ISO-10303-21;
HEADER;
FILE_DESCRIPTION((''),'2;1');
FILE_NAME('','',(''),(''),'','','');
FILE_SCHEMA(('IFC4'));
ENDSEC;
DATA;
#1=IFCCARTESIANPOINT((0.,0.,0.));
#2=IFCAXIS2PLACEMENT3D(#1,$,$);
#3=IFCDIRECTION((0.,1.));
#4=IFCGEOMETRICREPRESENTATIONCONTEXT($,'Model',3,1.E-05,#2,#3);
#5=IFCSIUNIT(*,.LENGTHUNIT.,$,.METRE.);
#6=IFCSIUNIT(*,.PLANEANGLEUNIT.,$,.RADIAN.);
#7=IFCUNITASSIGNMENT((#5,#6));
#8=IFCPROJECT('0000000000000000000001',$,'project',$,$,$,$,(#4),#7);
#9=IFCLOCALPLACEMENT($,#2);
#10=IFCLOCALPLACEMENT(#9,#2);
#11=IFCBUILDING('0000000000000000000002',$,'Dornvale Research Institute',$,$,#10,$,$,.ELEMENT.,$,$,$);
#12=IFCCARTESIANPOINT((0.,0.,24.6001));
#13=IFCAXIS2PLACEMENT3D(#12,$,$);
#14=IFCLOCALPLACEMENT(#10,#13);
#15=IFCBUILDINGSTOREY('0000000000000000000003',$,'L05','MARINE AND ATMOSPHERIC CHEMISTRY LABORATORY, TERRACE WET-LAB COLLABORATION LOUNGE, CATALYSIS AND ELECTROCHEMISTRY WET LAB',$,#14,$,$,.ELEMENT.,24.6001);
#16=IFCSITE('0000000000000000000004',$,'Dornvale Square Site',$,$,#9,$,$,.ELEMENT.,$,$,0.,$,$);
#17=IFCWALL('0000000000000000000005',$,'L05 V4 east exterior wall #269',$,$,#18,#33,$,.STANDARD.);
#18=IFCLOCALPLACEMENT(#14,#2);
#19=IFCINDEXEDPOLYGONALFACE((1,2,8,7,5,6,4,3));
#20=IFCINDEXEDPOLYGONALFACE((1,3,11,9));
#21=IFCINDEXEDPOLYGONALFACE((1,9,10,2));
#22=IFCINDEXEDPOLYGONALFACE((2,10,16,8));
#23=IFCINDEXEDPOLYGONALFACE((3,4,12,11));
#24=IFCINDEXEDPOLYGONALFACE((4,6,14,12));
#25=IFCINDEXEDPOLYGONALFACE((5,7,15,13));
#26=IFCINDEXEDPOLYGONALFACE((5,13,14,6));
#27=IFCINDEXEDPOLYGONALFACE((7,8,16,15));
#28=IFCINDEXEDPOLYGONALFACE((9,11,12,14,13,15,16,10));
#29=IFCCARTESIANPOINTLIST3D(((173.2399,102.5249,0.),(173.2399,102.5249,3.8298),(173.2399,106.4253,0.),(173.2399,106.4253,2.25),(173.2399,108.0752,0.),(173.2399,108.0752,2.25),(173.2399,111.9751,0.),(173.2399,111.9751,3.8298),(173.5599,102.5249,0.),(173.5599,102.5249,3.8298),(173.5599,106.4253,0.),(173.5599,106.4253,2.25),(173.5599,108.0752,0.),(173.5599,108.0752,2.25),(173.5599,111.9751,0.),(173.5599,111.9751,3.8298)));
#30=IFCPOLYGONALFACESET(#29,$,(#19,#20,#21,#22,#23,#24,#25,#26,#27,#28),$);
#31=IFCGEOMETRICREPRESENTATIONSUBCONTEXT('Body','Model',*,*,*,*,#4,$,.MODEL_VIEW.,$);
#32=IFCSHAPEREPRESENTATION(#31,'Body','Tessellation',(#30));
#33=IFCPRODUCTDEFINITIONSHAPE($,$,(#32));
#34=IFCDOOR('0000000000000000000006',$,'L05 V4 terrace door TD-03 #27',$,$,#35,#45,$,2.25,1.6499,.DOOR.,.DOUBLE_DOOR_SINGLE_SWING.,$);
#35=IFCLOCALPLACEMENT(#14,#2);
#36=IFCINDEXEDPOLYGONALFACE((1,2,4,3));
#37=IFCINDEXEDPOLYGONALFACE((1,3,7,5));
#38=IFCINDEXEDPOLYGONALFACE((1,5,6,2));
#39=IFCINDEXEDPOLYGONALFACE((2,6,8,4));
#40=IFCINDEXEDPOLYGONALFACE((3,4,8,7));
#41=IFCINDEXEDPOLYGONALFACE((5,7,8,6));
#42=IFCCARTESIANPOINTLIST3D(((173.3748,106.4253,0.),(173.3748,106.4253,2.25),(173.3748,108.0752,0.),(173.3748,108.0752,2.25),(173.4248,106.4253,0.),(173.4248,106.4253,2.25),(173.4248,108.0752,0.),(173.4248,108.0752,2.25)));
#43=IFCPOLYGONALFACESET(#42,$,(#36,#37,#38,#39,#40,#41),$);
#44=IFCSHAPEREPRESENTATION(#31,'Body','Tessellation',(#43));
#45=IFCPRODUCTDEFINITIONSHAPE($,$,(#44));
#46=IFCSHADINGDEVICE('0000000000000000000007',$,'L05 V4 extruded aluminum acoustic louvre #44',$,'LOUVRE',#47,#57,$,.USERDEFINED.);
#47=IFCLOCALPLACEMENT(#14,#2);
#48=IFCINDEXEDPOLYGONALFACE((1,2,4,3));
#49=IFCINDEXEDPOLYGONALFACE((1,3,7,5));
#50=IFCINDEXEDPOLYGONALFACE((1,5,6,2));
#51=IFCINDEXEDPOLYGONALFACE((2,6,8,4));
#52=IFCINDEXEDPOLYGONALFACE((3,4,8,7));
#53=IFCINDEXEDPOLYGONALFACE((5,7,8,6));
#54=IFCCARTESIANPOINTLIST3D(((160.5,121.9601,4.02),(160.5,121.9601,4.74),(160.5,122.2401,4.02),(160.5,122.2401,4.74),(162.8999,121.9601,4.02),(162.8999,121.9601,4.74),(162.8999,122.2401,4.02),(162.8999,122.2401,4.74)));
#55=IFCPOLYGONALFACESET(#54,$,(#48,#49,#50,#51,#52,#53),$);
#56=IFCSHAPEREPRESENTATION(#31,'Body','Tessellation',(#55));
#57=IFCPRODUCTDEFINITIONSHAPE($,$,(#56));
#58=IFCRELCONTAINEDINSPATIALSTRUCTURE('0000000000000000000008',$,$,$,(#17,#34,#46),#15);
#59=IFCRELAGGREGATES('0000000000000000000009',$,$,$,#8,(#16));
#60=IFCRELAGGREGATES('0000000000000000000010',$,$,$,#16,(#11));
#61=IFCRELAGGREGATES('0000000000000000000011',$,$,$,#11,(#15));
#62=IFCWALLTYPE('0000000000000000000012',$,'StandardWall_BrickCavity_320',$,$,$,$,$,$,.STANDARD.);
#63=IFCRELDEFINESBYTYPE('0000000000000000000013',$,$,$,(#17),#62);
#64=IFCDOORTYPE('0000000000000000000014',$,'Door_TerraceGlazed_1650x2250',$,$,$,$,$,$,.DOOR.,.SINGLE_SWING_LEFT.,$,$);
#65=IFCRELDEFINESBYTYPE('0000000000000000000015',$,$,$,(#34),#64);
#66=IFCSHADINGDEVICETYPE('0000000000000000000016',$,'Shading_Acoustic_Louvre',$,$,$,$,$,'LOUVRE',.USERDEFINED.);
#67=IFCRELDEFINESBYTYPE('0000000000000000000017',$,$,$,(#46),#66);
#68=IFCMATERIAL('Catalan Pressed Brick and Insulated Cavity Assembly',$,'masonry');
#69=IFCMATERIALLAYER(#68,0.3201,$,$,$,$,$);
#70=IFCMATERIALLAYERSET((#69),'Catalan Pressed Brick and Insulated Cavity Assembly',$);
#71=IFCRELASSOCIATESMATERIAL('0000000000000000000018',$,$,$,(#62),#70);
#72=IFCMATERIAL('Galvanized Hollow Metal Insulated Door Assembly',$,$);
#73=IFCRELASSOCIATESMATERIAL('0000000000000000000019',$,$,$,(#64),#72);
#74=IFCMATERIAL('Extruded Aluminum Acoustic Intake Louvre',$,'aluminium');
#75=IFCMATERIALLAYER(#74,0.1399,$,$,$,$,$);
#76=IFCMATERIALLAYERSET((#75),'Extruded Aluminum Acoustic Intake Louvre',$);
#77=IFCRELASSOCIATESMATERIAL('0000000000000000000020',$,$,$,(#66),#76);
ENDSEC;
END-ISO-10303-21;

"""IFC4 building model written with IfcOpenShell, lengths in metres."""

from ifc_helpers import new_model, si_unit, direction, frame, frame_2d, origin, origin_2d, place, context, subcontext, project, spatial, rectangle, extrude, material, layer, layer_set, type_object, element, fill, save


model = new_model("IFC4")

# Units and contexts
model_context = context("Model", 3, precision=1e-05, world=origin(), true_north=direction((0.0, 1.0)))
body_context = subcontext(model_context, "Body", "Model", "MODEL_VIEW")
ifc_project = project(units=[si_unit("LENGTHUNIT", "METRE"), si_unit("PLANEANGLEUNIT", "RADIAN")], contexts=[model_context])

# Site, building, storey
site_placement = place(None, origin())
site = spatial("IfcSite", under=ifc_project, at=site_placement, Name="Dornvale Square Site", CompositionType="ELEMENT", RefElevation=0.0)
building_placement = place(site_placement, origin())
building = spatial("IfcBuilding", under=site, at=building_placement, Name="Dornvale Research Institute", CompositionType="ELEMENT")
storey_placement = place(building_placement, frame((0.0, 0.0, 24.6001)))
storey = spatial("IfcBuildingStorey", under=building, at=storey_placement, Name="L05", Description="MARINE AND ATMOSPHERIC CHEMISTRY LABORATORY, TERRACE WET-LAB COLLABORATION LOUNGE, CATALYSIS AND ELECTROCHEMISTRY WET LAB", CompositionType="ELEMENT", Elevation=24.6001)

# Shared definitions
ifc_material_1 = material(Name="Catalan Pressed Brick and Insulated Cavity Assembly", Category="masonry")
ifc_layer_1 = layer(ifc_material_1, 0.3201)
ifc_layer_set_1 = layer_set([ifc_layer_1], Name="Catalan Pressed Brick and Insulated Cavity Assembly")
wall_type = type_object("IfcWallType", Name="StandardWall_BrickCavity_320", PredefinedType="STANDARD", material=ifc_layer_set_1)

# Wall, opening, door
wall_1_placement = place(storey_placement, frame((173.3999, 111.9751, 0.0), z_axis=(0.0, 0.0, 1.0), x_axis=(0.0, -1.0, 0.0)))
wall_1 = element("IfcWall", 1, at=wall_1_placement, inside=storey, type_object=wall_type, Name="L05 V4 east exterior wall #269", PredefinedType="STANDARD", context=body_context, shape_type="SweptSolid", body=[
    extrude(rectangle(XDim=9.4502, YDim=0.3201, at=frame_2d((4.7251, 0.0))), origin(), (0.0, 0.0, 1.0), 3.8298),
])
opening_1_placement = place(wall_1_placement, frame((3.8999, 0.0, 0.0)))
opening_1 = element("IfcOpeningElement", 2, at=opening_1_placement, cuts=wall_1, PredefinedType="OPENING", context=body_context, shape_type="SweptSolid", body=[
    extrude(rectangle(XDim=1.6499, YDim=2.25, at=frame_2d((0.825, 1.125))), frame((0.0, 0.175, 0.0), z_axis=(0.0, -1.0, 0.0), x_axis=(1.0, 0.0, 0.0)), (0.0, 0.0, 1.0), 0.3501),
])
ifc_material_2 = material(Name="Galvanized Hollow Metal Insulated Door Assembly")
door_type = type_object("IfcDoorType", Name="Door_TerraceGlazed_1650x2250", OperationType="SINGLE_SWING_LEFT", PredefinedType="DOOR", material=ifc_material_2)
door_placement = place(opening_1_placement, origin())
door = element("IfcDoor", 3, at=door_placement, inside=storey, type_object=door_type, Name="L05 V4 terrace door TD-03 #27", OperationType="DOUBLE_DOOR_SINGLE_SWING", OverallHeight=2.25, OverallWidth=1.6499, PredefinedType="DOOR", context=body_context, shape_type="SweptSolid", body=[
    extrude(rectangle(XDim=1.6499, YDim=2.25, at=frame_2d((0.825, 1.125))), frame((0.0, 0.0249, 0.0), z_axis=(0.0, -1.0, 0.0), x_axis=(1.0, 0.0, 0.0)), (0.0, 0.0, 1.0), 0.05),
])
fill(opening_1, door)

# Shading device
ifc_material_3 = material(Name="Extruded Aluminum Acoustic Intake Louvre", Category="aluminium")
ifc_layer_2 = layer(ifc_material_3, 0.1399)
ifc_layer_set_2 = layer_set([ifc_layer_2], Name="Extruded Aluminum Acoustic Intake Louvre")
shading_device_type = type_object("IfcShadingDeviceType", Name="Shading_Acoustic_Louvre", ElementType="LOUVRE", PredefinedType="USERDEFINED", material=ifc_layer_set_2)
shading_device_placement = place(storey_placement, frame((161.7, 122.1001, 4.02), z_axis=(0.0, 0.0, 1.0), x_axis=(1.0, 0.0, 0.0)))
element("IfcShadingDevice", 4, at=shading_device_placement, inside=storey, type_object=shading_device_type, Name="L05 V4 extruded aluminum acoustic louvre #44", ObjectType="LOUVRE", PredefinedType="USERDEFINED", context=body_context, shape_type="SweptSolid", body=[
    extrude(rectangle(XDim=2.3999, YDim=0.28, at=origin_2d()), origin(), (0.0, 0.0, 1.0), 0.72),
])

save(model, "model.ifc")
